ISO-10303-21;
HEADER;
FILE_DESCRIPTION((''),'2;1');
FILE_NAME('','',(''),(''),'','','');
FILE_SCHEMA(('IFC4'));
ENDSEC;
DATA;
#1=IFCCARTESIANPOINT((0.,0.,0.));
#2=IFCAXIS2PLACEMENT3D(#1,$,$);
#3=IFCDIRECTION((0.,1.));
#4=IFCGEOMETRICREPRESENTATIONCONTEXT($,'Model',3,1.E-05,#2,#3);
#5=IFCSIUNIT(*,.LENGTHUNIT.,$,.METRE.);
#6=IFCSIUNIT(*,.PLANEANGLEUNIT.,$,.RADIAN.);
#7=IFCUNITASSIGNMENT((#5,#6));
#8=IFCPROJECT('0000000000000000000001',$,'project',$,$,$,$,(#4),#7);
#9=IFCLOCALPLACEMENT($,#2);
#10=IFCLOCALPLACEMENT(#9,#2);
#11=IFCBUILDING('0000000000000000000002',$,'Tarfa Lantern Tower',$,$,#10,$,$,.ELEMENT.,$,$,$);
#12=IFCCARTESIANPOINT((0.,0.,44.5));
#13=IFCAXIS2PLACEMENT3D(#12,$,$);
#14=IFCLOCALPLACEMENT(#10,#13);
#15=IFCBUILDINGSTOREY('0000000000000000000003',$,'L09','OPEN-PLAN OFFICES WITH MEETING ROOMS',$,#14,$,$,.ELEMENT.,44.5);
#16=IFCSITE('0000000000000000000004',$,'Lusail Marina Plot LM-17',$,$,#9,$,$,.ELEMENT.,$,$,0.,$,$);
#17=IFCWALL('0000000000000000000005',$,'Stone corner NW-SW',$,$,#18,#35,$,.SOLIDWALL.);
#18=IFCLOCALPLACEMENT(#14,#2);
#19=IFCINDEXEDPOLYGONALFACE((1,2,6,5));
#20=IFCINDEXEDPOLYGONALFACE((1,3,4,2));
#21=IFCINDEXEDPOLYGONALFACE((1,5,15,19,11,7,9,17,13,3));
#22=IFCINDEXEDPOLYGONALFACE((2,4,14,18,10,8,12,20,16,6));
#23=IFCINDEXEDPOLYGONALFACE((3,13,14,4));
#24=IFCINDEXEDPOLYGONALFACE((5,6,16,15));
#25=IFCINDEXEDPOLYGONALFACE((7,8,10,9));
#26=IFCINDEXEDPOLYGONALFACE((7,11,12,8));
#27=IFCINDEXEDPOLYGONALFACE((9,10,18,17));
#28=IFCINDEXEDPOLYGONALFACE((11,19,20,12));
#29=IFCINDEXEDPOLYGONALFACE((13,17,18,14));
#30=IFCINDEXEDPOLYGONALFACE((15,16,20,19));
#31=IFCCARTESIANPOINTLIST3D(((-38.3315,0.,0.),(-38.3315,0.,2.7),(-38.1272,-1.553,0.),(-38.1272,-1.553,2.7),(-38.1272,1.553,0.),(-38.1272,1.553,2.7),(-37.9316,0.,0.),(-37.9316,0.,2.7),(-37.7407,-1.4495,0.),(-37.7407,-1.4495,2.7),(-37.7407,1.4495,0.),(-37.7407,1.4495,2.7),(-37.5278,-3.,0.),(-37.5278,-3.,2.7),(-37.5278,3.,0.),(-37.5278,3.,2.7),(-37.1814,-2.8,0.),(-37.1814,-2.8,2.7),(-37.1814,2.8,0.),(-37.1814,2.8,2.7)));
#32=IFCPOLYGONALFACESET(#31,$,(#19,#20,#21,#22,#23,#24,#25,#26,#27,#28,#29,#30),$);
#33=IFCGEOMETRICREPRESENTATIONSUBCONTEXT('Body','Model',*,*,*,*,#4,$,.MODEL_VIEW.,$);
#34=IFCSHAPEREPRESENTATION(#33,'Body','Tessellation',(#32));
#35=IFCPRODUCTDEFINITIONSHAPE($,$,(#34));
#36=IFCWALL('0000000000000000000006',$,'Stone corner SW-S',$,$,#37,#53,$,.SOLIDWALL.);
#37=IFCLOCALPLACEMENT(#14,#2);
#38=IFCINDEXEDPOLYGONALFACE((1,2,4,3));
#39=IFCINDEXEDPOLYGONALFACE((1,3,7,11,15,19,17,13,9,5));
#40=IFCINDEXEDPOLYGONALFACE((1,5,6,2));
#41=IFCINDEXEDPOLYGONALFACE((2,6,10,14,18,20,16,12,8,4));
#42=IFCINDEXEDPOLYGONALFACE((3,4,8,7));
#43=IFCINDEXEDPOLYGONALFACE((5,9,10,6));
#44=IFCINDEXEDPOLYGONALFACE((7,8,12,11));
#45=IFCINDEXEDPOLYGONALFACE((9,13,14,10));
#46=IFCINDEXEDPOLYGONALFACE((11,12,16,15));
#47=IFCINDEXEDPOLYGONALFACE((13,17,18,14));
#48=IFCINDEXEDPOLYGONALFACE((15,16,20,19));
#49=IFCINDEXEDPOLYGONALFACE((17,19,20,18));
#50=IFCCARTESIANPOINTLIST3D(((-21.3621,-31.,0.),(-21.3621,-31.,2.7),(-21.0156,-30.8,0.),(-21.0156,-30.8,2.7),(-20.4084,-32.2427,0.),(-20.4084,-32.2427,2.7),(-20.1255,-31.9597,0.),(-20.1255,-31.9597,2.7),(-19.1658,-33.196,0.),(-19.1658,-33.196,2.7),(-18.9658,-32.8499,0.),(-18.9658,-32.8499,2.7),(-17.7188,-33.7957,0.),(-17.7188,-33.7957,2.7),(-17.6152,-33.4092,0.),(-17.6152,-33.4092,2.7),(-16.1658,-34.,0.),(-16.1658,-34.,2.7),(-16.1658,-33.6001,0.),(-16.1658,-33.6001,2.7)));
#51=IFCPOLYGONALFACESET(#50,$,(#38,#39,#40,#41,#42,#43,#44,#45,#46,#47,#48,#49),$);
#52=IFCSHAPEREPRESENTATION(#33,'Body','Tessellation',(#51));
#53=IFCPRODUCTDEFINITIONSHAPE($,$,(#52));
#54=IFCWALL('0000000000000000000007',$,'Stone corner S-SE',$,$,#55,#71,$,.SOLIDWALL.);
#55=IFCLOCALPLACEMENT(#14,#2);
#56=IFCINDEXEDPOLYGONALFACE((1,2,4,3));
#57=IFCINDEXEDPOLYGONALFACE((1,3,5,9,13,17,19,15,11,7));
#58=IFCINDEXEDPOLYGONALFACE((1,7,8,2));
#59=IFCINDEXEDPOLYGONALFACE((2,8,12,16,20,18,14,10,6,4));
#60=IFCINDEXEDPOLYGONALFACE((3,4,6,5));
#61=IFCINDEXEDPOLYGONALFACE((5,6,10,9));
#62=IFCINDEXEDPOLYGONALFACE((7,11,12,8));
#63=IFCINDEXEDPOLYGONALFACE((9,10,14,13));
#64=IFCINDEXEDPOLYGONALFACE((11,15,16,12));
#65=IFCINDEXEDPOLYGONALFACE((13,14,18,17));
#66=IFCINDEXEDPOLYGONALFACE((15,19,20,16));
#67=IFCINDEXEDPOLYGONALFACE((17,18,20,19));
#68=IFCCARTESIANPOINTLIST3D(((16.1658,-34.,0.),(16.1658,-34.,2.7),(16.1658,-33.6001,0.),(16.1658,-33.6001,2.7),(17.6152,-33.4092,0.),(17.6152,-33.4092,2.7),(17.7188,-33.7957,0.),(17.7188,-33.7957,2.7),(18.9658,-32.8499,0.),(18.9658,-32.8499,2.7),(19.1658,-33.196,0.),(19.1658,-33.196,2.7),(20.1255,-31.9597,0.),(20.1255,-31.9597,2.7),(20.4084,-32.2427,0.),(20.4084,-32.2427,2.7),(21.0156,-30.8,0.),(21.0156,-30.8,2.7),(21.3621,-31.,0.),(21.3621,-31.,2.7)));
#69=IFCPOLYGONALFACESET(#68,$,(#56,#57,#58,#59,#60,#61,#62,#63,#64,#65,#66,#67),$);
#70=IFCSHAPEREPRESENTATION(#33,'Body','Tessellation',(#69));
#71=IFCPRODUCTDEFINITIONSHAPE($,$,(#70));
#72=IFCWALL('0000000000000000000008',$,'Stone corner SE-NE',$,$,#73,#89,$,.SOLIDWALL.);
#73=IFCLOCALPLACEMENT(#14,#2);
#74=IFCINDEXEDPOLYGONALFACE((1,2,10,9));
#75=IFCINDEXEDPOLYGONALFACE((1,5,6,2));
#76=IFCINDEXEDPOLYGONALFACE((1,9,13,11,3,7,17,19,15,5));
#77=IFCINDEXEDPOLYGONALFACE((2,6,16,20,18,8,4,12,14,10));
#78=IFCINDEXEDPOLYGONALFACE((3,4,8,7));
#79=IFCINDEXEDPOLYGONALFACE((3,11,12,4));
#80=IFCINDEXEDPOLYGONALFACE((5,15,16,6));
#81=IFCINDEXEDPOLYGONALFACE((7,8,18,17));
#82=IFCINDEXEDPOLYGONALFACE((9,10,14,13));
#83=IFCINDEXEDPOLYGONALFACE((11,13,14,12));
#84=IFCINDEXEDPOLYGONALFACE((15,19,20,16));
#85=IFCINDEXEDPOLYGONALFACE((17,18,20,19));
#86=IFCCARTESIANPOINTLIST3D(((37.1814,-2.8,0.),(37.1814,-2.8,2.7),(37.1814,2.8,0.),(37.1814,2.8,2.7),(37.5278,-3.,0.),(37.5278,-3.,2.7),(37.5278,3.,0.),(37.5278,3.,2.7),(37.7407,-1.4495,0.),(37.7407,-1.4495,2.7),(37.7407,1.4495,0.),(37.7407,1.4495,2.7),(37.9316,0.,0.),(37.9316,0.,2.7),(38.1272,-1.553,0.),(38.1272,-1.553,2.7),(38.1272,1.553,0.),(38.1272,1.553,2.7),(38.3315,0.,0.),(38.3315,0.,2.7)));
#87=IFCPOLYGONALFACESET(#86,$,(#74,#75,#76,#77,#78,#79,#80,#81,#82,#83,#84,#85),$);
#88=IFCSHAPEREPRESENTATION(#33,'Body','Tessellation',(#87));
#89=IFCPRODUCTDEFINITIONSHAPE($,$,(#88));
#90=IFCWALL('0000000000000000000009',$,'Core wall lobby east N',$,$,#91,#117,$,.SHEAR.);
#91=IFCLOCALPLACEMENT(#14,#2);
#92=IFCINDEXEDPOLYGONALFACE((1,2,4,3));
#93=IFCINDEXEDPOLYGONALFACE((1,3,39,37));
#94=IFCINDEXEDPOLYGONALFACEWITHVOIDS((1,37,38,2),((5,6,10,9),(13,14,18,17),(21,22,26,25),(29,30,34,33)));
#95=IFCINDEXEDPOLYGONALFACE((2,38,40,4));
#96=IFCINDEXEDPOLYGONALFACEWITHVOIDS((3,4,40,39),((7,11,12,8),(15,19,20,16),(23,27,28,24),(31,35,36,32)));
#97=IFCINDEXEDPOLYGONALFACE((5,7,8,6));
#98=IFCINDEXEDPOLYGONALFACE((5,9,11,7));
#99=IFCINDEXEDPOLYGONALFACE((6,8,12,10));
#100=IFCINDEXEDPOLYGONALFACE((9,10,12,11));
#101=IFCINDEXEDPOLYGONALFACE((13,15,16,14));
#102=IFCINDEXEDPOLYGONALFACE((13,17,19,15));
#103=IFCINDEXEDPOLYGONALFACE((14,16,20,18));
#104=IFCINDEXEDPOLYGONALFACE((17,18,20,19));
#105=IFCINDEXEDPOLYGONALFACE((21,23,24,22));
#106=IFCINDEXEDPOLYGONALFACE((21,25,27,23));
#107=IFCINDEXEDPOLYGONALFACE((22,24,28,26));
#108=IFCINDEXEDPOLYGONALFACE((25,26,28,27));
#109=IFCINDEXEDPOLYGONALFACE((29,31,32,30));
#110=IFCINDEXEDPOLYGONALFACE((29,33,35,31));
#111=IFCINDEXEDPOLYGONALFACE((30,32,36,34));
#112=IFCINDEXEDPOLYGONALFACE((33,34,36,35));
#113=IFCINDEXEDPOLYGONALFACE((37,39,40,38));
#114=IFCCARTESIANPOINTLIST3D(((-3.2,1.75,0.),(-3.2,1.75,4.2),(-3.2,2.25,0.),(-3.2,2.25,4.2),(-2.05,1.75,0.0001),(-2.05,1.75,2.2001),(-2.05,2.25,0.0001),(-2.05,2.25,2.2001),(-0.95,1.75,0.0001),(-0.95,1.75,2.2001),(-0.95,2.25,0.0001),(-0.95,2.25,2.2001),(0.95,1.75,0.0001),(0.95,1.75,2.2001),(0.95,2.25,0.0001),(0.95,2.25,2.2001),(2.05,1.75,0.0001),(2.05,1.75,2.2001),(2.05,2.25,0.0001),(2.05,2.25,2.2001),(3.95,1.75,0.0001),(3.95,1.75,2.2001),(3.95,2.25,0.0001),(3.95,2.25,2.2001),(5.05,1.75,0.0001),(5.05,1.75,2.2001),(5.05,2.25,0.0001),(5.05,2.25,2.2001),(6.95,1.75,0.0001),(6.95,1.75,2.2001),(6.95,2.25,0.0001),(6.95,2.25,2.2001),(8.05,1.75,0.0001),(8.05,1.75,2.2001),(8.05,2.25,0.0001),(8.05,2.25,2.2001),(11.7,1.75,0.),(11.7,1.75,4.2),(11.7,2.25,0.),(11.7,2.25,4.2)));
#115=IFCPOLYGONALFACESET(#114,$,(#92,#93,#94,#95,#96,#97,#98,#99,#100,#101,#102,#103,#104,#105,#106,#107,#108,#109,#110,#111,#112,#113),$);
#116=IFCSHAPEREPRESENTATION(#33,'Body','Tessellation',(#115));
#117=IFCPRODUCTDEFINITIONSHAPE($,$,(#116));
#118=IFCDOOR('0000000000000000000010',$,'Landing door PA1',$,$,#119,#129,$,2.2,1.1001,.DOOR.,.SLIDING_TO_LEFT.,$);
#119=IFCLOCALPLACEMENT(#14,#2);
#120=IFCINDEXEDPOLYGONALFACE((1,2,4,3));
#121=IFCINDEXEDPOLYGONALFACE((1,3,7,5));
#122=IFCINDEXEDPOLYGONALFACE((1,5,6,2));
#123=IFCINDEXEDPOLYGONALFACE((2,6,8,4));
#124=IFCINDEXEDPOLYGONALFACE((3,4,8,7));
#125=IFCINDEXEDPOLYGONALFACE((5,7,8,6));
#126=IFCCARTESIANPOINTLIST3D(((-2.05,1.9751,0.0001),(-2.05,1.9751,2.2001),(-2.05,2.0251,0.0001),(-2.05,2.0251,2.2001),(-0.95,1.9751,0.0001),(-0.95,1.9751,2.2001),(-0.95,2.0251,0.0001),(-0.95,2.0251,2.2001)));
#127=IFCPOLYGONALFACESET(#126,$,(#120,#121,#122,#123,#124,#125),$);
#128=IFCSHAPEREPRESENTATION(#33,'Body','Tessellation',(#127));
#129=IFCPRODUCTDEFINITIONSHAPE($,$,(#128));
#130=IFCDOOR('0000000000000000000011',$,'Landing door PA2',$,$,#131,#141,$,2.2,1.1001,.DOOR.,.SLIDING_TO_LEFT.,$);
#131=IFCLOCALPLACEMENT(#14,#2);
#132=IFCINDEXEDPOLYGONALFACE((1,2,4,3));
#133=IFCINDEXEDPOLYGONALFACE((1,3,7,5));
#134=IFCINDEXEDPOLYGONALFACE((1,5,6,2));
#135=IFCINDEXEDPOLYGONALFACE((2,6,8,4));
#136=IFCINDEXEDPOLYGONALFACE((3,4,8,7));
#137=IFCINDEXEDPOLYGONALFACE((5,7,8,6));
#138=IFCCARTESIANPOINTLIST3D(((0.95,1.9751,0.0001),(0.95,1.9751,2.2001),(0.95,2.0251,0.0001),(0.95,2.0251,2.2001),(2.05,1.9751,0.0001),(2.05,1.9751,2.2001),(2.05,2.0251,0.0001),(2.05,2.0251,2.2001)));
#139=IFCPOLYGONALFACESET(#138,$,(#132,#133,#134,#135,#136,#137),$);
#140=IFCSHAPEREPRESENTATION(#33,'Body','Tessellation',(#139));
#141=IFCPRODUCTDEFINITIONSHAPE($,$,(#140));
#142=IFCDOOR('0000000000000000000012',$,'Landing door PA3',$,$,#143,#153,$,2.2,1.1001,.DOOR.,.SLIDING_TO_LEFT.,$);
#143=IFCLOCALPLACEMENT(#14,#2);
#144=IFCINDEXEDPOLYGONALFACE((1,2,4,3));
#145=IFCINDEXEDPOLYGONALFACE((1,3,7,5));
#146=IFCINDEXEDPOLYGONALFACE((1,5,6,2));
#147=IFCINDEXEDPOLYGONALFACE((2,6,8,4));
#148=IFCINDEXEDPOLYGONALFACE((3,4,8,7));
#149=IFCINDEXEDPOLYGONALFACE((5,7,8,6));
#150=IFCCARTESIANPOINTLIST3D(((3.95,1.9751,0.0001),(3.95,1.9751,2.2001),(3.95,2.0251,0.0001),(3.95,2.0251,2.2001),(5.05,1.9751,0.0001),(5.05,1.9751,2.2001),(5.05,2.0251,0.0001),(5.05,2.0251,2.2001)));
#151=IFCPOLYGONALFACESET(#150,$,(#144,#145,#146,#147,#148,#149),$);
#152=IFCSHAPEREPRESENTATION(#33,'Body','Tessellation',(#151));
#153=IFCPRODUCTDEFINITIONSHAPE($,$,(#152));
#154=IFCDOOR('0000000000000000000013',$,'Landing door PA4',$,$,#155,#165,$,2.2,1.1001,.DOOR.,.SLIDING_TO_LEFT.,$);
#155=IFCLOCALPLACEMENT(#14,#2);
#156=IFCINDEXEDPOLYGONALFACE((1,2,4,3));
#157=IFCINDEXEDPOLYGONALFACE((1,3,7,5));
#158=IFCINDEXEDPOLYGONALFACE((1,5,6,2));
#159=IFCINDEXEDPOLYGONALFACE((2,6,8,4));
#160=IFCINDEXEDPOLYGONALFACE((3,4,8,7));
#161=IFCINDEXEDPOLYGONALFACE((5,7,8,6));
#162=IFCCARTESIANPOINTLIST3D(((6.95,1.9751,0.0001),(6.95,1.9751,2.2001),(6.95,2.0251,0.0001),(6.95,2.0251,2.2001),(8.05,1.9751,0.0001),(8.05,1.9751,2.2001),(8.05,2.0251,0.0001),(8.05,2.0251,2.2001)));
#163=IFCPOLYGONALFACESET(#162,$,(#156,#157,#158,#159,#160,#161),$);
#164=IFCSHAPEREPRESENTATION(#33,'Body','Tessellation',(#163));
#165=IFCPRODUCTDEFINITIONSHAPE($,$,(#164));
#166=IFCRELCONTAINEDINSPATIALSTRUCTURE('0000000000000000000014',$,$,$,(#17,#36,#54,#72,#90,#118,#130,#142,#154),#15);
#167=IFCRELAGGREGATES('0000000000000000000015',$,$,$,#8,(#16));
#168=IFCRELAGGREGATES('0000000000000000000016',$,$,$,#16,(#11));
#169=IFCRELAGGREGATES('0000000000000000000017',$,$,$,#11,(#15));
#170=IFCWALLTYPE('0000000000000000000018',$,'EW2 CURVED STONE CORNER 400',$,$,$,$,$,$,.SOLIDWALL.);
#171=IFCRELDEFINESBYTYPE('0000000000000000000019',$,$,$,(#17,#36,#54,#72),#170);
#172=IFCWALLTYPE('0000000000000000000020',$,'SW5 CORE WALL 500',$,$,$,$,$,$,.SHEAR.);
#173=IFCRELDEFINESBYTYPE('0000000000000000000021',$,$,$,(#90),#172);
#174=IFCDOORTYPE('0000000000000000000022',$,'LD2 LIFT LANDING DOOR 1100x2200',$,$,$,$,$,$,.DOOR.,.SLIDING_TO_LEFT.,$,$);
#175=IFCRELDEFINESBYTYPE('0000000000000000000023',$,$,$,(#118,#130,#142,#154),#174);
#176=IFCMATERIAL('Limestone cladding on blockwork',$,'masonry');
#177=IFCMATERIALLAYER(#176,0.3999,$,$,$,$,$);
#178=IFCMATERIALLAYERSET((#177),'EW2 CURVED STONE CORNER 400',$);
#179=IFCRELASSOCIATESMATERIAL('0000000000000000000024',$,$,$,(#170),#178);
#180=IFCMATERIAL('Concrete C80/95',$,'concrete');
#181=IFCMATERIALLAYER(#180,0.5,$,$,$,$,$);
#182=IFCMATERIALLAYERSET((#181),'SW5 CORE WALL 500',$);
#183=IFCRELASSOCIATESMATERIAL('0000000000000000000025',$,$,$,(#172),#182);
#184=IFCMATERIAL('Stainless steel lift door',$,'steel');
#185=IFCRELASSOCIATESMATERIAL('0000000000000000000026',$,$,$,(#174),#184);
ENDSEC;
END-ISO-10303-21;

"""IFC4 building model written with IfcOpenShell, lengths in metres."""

from ifc_helpers import new_model, si_unit, direction, frame, frame_2d, origin, place, context, subcontext, project, spatial, polyline, rectangle, outline, extrude, material, layer, layer_set, type_object, element, fill, save


model = new_model("IFC4")

# Units and contexts
model_context = context("Model", 3, precision=1e-05, world=origin(), true_north=direction((0.0, 1.0)))
body_context = subcontext(model_context, "Body", "Model", "MODEL_VIEW")
ifc_project = project(units=[si_unit("LENGTHUNIT", "METRE"), si_unit("PLANEANGLEUNIT", "RADIAN")], contexts=[model_context])

# Site, building, storey
site_placement = place(None, origin())
site = spatial("IfcSite", under=ifc_project, at=site_placement, Name="Lusail Marina Plot LM-17", CompositionType="ELEMENT", RefElevation=0.0)
building_placement = place(site_placement, origin())
building = spatial("IfcBuilding", under=site, at=building_placement, Name="Tarfa Lantern Tower", CompositionType="ELEMENT")
storey_placement = place(building_placement, frame((0.0, 0.0, 44.5)))
storey = spatial("IfcBuildingStorey", under=building, at=storey_placement, Name="L09", Description="OPEN-PLAN OFFICES WITH MEETING ROOMS", CompositionType="ELEMENT", Elevation=44.5)

# Walls
ifc_material_1 = material(Name="Limestone cladding on blockwork", Category="masonry")
ifc_layer_1 = layer(ifc_material_1, 0.3999)
ifc_layer_set_1 = layer_set([ifc_layer_1], Name="EW2 CURVED STONE CORNER 400")
wall_type_1 = type_object("IfcWallType", Name="EW2 CURVED STONE CORNER 400", PredefinedType="SOLIDWALL", material=ifc_layer_set_1)
wall_1_placement = place(storey_placement, origin())
element("IfcWall", 1, at=wall_1_placement, inside=storey, type_object=wall_type_1, Name="Stone corner NW-SW", PredefinedType="SOLIDWALL", context=body_context, shape_type="SweptSolid", body=[
    extrude(outline(polyline([(-37.5278, 3.0), (-38.1272, 1.553), (-38.3315, 0.0), (-38.1272, -1.553), (-37.5278, -3.0), (-37.1814, -2.8), (-37.7407, -1.4495), (-37.9316, 0.0), (-37.7407, 1.4495), (-37.1814, 2.8), (-37.5278, 3.0)])), origin(), (0.0, 0.0, 1.0), 2.7),
])
wall_2_placement = place(storey_placement, origin())
element("IfcWall", 2, at=wall_2_placement, inside=storey, type_object=wall_type_1, Name="Stone corner SW-S", PredefinedType="SOLIDWALL", context=body_context, shape_type="SweptSolid", body=[
    extrude(outline(polyline([(-21.3621, -31.0), (-20.4084, -32.2427), (-19.1658, -33.196), (-17.7188, -33.7957), (-16.1658, -34.0), (-16.1658, -33.6001), (-17.6152, -33.4092), (-18.9658, -32.8499), (-20.1255, -31.9597), (-21.0156, -30.8), (-21.3621, -31.0)])), origin(), (0.0, 0.0, 1.0), 2.7),
])
wall_3_placement = place(storey_placement, origin())
element("IfcWall", 3, at=wall_3_placement, inside=storey, type_object=wall_type_1, Name="Stone corner S-SE", PredefinedType="SOLIDWALL", context=body_context, shape_type="SweptSolid", body=[
    extrude(outline(polyline([(16.1658, -34.0), (17.7188, -33.7957), (19.1658, -33.196), (20.4084, -32.2427), (21.3621, -31.0), (21.0156, -30.8), (20.1255, -31.9597), (18.9658, -32.8499), (17.6152, -33.4092), (16.1658, -33.6001), (16.1658, -34.0)])), origin(), (0.0, 0.0, 1.0), 2.7),
])
wall_4_placement = place(storey_placement, origin())
element("IfcWall", 4, at=wall_4_placement, inside=storey, type_object=wall_type_1, Name="Stone corner SE-NE", PredefinedType="SOLIDWALL", context=body_context, shape_type="SweptSolid", body=[
    extrude(outline(polyline([(37.5278, -3.0), (38.1272, -1.553), (38.3315, 0.0), (38.1272, 1.553), (37.5278, 3.0), (37.1814, 2.8), (37.7407, 1.4495), (37.9316, 0.0), (37.7407, -1.4495), (37.1814, -2.8), (37.5278, -3.0)])), origin(), (0.0, 0.0, 1.0), 2.7),
])

# Wall, openings, doors
ifc_material_2 = material(Name="Concrete C80/95", Category="concrete")
ifc_layer_2 = layer(ifc_material_2, 0.5)
ifc_layer_set_2 = layer_set([ifc_layer_2], Name="SW5 CORE WALL 500")
wall_type_2 = type_object("IfcWallType", Name="SW5 CORE WALL 500", PredefinedType="SHEAR", material=ifc_layer_set_2)
wall_5_placement = place(storey_placement, frame((-3.2, 2.0, 0.0), z_axis=(0.0, 0.0, 1.0), x_axis=(1.0, 0.0, 0.0)))
wall_5 = element("IfcWall", 5, at=wall_5_placement, inside=storey, type_object=wall_type_2, Name="Core wall lobby east N", PredefinedType="SHEAR", context=body_context, shape_type="SweptSolid", body=[
    extrude(rectangle(XDim=14.8999, YDim=0.5, at=frame_2d((7.45, 0.0))), origin(), (0.0, 0.0, 1.0), 4.2),
])
opening_1_placement = place(wall_5_placement, frame((1.1499, 0.0, 0.0)))
opening_1 = element("IfcOpeningElement", 6, at=opening_1_placement, cuts=wall_5, PredefinedType="OPENING", context=body_context, shape_type="SweptSolid", body=[
    extrude(rectangle(XDim=1.1001, YDim=2.2, at=frame_2d((0.55, 1.1001))), frame((0.0, 0.26, 0.0), z_axis=(0.0, -1.0, 0.0), x_axis=(1.0, 0.0, 0.0)), (0.0, 0.0, 1.0), 0.52),
])
opening_2_placement = place(wall_5_placement, frame((4.1499, 0.0, 0.0)))
opening_2 = element("IfcOpeningElement", 7, at=opening_2_placement, cuts=wall_5, PredefinedType="OPENING", context=body_context, shape_type="SweptSolid", body=[
    extrude(rectangle(XDim=1.1001, YDim=2.2, at=frame_2d((0.55, 1.1001))), frame((0.0, 0.26, 0.0), z_axis=(0.0, -1.0, 0.0), x_axis=(1.0, 0.0, 0.0)), (0.0, 0.0, 1.0), 0.52),
])
opening_3_placement = place(wall_5_placement, frame((7.1499, 0.0, 0.0)))
opening_3 = element("IfcOpeningElement", 8, at=opening_3_placement, cuts=wall_5, PredefinedType="OPENING", context=body_context, shape_type="SweptSolid", body=[
    extrude(rectangle(XDim=1.1001, YDim=2.2, at=frame_2d((0.55, 1.1001))), frame((0.0, 0.26, 0.0), z_axis=(0.0, -1.0, 0.0), x_axis=(1.0, 0.0, 0.0)), (0.0, 0.0, 1.0), 0.52),
])
opening_4_placement = place(wall_5_placement, frame((10.1499, 0.0, 0.0)))
opening_4 = element("IfcOpeningElement", 9, at=opening_4_placement, cuts=wall_5, PredefinedType="OPENING", context=body_context, shape_type="SweptSolid", body=[
    extrude(rectangle(XDim=1.1001, YDim=2.2, at=frame_2d((0.55, 1.1001))), frame((0.0, 0.26, 0.0), z_axis=(0.0, -1.0, 0.0), x_axis=(1.0, 0.0, 0.0)), (0.0, 0.0, 1.0), 0.52),
])
ifc_material_3 = material(Name="Stainless steel lift door", Category="steel")
door_type = type_object("IfcDoorType", Name="LD2 LIFT LANDING DOOR 1100x2200", OperationType="SLIDING_TO_LEFT", PredefinedType="DOOR", material=ifc_material_3)
door_1_placement = place(opening_1_placement, frame((1.1001, 0.0, 0.0), z_axis=(0.0, 0.0, 1.0), x_axis=(-1.0, 0.0, 0.0)))
door_1 = element("IfcDoor", 10, at=door_1_placement, inside=storey, type_object=door_type, Name="Landing door PA1", OperationType="SLIDING_TO_LEFT", OverallHeight=2.2, OverallWidth=1.1001, PredefinedType="DOOR", context=body_context, shape_type="SweptSolid", body=[
    extrude(rectangle(XDim=1.1001, YDim=2.2, at=frame_2d((0.55, 1.1001))), frame((0.0, 0.0249, 0.0), z_axis=(0.0, -1.0, 0.0), x_axis=(1.0, 0.0, 0.0)), (0.0, 0.0, 1.0), 0.05),
])
fill(opening_1, door_1)
door_2_placement = place(opening_2_placement, frame((1.1001, 0.0, 0.0), z_axis=(0.0, 0.0, 1.0), x_axis=(-1.0, 0.0, 0.0)))
door_2 = element("IfcDoor", 11, at=door_2_placement, inside=storey, type_object=door_type, Name="Landing door PA2", OperationType="SLIDING_TO_LEFT", OverallHeight=2.2, OverallWidth=1.1001, PredefinedType="DOOR", context=body_context, shape_type="SweptSolid", body=[
    extrude(rectangle(XDim=1.1001, YDim=2.2, at=frame_2d((0.55, 1.1001))), frame((0.0, 0.0249, 0.0), z_axis=(0.0, -1.0, 0.0), x_axis=(1.0, 0.0, 0.0)), (0.0, 0.0, 1.0), 0.05),
])
fill(opening_2, door_2)
door_3_placement = place(opening_3_placement, frame((1.1001, 0.0, 0.0), z_axis=(0.0, 0.0, 1.0), x_axis=(-1.0, 0.0, 0.0)))
door_3 = element("IfcDoor", 12, at=door_3_placement, inside=storey, type_object=door_type, Name="Landing door PA3", OperationType="SLIDING_TO_LEFT", OverallHeight=2.2, OverallWidth=1.1001, PredefinedType="DOOR", context=body_context, shape_type="SweptSolid", body=[
    extrude(rectangle(XDim=1.1001, YDim=2.2, at=frame_2d((0.55, 1.1001))), frame((0.0, 0.0249, 0.0), z_axis=(0.0, -1.0, 0.0), x_axis=(1.0, 0.0, 0.0)), (0.0, 0.0, 1.0), 0.05),
])
fill(opening_3, door_3)
door_4_placement = place(opening_4_placement, frame((1.1001, 0.0, 0.0), z_axis=(0.0, 0.0, 1.0), x_axis=(-1.0, 0.0, 0.0)))
door_4 = element("IfcDoor", 13, at=door_4_placement, inside=storey, type_object=door_type, Name="Landing door PA4", OperationType="SLIDING_TO_LEFT", OverallHeight=2.2, OverallWidth=1.1001, PredefinedType="DOOR", context=body_context, shape_type="SweptSolid", body=[
    extrude(rectangle(XDim=1.1001, YDim=2.2, at=frame_2d((0.55, 1.1001))), frame((0.0, 0.0249, 0.0), z_axis=(0.0, -1.0, 0.0), x_axis=(1.0, 0.0, 0.0)), (0.0, 0.0, 1.0), 0.05),
])
fill(opening_4, door_4)

save(model, "model.ifc")
